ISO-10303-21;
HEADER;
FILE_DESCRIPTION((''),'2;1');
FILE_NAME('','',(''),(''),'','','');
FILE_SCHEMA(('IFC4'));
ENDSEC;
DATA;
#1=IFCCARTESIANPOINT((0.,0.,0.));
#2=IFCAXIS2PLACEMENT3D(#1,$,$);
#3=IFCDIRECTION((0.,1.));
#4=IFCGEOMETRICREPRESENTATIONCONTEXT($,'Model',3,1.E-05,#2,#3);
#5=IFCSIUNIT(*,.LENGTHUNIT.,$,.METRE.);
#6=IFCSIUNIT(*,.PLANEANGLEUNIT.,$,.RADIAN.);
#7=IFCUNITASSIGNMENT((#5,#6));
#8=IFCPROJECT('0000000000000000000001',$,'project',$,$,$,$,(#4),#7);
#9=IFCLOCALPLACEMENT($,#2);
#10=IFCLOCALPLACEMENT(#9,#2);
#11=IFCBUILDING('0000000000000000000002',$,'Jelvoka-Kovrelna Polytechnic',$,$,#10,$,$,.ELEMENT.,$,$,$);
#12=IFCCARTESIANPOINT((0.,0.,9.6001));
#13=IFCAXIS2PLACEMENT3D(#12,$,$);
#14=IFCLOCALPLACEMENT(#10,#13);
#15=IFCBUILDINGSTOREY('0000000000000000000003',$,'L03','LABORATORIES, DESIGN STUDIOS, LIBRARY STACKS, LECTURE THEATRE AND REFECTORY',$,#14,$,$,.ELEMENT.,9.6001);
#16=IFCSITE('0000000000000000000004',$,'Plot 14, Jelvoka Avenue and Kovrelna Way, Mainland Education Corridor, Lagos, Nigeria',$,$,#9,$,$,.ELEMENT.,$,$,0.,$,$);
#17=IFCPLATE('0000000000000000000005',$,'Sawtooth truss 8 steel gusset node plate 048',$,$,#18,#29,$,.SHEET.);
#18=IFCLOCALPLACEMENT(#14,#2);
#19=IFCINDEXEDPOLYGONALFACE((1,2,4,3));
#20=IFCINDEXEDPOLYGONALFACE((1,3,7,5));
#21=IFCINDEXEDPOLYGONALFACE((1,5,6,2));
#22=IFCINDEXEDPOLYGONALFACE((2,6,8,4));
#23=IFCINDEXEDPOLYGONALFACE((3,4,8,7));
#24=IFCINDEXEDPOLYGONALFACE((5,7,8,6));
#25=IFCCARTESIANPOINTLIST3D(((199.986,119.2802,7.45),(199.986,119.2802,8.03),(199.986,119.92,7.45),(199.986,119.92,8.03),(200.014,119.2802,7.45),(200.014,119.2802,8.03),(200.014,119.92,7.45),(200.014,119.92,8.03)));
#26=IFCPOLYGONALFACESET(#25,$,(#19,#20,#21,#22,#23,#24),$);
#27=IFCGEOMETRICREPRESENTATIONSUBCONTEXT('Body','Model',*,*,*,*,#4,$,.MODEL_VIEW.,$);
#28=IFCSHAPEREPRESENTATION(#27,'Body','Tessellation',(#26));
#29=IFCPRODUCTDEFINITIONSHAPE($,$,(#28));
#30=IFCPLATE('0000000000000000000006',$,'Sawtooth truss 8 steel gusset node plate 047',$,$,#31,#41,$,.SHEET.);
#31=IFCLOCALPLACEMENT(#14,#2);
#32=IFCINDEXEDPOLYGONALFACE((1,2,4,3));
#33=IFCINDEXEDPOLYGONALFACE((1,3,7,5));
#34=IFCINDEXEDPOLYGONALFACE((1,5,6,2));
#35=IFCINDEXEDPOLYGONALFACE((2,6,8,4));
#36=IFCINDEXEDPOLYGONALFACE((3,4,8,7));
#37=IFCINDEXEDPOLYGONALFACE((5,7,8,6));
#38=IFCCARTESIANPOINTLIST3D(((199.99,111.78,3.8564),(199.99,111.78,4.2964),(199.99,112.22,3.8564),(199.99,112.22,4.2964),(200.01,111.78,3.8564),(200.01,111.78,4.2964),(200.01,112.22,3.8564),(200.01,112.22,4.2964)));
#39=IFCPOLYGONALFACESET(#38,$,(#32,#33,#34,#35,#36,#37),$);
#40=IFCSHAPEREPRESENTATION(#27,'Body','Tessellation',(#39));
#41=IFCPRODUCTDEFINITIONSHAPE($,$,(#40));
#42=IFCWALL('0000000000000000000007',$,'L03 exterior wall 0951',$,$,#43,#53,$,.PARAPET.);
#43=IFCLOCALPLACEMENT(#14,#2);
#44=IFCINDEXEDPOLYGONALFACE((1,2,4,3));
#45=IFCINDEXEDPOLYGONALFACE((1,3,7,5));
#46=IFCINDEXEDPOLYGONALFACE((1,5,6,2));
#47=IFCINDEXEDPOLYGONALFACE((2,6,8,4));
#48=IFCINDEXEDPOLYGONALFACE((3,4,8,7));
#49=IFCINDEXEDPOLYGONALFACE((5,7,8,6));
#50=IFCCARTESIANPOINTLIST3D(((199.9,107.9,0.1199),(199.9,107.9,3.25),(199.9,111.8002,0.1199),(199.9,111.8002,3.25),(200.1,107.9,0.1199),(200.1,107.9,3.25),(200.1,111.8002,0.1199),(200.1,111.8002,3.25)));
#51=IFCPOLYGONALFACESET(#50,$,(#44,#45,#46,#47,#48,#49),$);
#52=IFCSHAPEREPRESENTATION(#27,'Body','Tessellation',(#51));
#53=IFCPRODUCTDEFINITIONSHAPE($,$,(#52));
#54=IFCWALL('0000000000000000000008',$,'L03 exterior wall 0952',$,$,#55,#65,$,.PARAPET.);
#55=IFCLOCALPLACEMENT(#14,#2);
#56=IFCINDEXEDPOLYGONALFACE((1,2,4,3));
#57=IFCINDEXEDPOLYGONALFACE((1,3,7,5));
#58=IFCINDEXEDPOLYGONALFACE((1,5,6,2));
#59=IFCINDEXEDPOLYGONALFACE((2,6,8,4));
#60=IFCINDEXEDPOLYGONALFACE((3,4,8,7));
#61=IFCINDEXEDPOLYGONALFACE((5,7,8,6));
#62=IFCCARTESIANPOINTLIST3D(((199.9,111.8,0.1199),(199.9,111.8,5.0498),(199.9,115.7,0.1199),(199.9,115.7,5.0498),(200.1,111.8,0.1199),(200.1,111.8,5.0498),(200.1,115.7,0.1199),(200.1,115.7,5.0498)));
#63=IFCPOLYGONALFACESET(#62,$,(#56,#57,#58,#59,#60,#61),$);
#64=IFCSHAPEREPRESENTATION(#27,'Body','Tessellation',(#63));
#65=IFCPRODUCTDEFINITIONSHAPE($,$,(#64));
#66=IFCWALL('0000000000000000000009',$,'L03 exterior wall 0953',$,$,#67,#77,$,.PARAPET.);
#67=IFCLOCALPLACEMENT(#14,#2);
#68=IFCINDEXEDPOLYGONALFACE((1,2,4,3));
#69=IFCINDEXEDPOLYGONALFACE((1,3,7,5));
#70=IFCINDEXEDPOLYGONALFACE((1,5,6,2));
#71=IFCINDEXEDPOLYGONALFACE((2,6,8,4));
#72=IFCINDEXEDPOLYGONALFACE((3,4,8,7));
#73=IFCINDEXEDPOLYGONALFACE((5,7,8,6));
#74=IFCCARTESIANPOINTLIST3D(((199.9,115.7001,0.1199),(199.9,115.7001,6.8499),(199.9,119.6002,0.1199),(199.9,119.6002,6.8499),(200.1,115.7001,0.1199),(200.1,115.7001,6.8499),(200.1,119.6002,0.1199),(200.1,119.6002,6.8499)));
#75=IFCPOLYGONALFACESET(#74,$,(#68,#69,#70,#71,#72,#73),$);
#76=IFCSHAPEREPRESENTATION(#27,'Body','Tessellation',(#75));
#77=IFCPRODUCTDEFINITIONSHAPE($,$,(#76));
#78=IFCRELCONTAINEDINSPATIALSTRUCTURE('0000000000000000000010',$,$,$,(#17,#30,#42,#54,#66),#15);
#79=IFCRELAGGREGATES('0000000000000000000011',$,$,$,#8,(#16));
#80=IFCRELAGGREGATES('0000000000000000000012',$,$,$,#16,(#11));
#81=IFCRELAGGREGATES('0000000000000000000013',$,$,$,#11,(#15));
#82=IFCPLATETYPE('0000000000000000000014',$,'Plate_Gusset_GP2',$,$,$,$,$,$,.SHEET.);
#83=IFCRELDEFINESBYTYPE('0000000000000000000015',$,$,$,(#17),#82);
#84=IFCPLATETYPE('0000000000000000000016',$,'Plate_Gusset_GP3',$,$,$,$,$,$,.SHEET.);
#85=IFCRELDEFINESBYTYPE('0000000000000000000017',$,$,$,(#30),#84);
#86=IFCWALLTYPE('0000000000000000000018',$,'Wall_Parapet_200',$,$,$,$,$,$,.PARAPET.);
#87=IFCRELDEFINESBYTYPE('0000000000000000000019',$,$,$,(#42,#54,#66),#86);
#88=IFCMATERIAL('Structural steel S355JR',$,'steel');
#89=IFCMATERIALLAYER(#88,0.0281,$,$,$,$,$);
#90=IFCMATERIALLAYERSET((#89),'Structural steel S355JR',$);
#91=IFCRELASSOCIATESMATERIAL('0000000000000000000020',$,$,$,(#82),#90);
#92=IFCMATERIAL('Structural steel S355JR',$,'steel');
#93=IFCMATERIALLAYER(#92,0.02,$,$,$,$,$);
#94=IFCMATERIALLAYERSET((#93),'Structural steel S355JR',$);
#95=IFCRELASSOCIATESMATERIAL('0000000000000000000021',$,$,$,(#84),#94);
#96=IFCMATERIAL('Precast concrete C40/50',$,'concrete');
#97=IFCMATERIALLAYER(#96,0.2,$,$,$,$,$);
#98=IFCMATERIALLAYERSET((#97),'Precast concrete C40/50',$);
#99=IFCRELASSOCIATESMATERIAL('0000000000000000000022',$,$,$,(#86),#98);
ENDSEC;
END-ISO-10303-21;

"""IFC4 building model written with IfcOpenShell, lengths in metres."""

from ifc_helpers import new_model, si_unit, direction, frame, frame_2d, origin, origin_2d, place, context, subcontext, project, spatial, rectangle, extrude, material, layer, layer_set, type_object, element, save


model = new_model("IFC4")

# Units and contexts
model_context = context("Model", 3, precision=1e-05, world=origin(), true_north=direction((0.0, 1.0)))
body_context = subcontext(model_context, "Body", "Model", "MODEL_VIEW")
ifc_project = project(units=[si_unit("LENGTHUNIT", "METRE"), si_unit("PLANEANGLEUNIT", "RADIAN")], contexts=[model_context])

# Site, building, storey
site_placement = place(None, origin())
site = spatial("IfcSite", under=ifc_project, at=site_placement, Name="Plot 14, Jelvoka Avenue and Kovrelna Way, Mainland Education Corridor, Lagos, Nigeria", CompositionType="ELEMENT", RefElevation=0.0)
building_placement = place(site_placement, origin())
building = spatial("IfcBuilding", under=site, at=building_placement, Name="Jelvoka-Kovrelna Polytechnic", CompositionType="ELEMENT")
storey_placement = place(building_placement, frame((0.0, 0.0, 9.6001)))
storey = spatial("IfcBuildingStorey", under=building, at=storey_placement, Name="L03", Description="LABORATORIES, DESIGN STUDIOS, LIBRARY STACKS, LECTURE THEATRE AND REFECTORY", CompositionType="ELEMENT", Elevation=9.6001)

# Plates
ifc_material_1 = material(Name="Structural steel S355JR", Category="steel")
ifc_layer_1 = layer(ifc_material_1, 0.0281)
ifc_layer_set_1 = layer_set([ifc_layer_1], Name="Structural steel S355JR")
plate_type_1 = type_object("IfcPlateType", Name="Plate_Gusset_GP2", PredefinedType="SHEET", material=ifc_layer_set_1)
plate_1_placement = place(storey_placement, frame((200.0, 119.6001, 7.45), z_axis=(0.0, 0.0, 1.0), x_axis=(0.0, 1.0, 0.0)))
element("IfcPlate", 1, at=plate_1_placement, inside=storey, type_object=plate_type_1, Name="Sawtooth truss 8 steel gusset node plate 048", PredefinedType="SHEET", context=body_context, shape_type="SweptSolid", body=[
    extrude(rectangle(XDim=0.6399, YDim=0.0281, at=origin_2d()), origin(), (0.0, 0.0, 1.0), 0.5801),
])
ifc_material_2 = material(Name="Structural steel S355JR", Category="steel")
ifc_layer_2 = layer(ifc_material_2, 0.02)
ifc_layer_set_2 = layer_set([ifc_layer_2], Name="Structural steel S355JR")
plate_type_2 = type_object("IfcPlateType", Name="Plate_Gusset_GP3", PredefinedType="SHEET", material=ifc_layer_set_2)
plate_2_placement = place(storey_placement, frame((200.0, 112.0, 3.8564), z_axis=(0.0, 0.0, 1.0), x_axis=(0.0, 1.0, 0.0)))
element("IfcPlate", 2, at=plate_2_placement, inside=storey, type_object=plate_type_2, Name="Sawtooth truss 8 steel gusset node plate 047", PredefinedType="SHEET", context=body_context, shape_type="SweptSolid", body=[
    extrude(rectangle(XDim=0.4399, YDim=0.02, at=origin_2d()), origin(), (0.0, 0.0, 1.0), 0.4399),
])

# Walls
ifc_material_3 = material(Name="Precast concrete C40/50", Category="concrete")
ifc_layer_3 = layer(ifc_material_3, 0.2)
ifc_layer_set_3 = layer_set([ifc_layer_3], Name="Precast concrete C40/50")
wall_type = type_object("IfcWallType", Name="Wall_Parapet_200", PredefinedType="PARAPET", material=ifc_layer_set_3)
wall_1_placement = place(storey_placement, frame((200.0, 107.8999, 0.1199), z_axis=(0.0, 0.0, 1.0), x_axis=(0.0, 1.0, 0.0)))
element("IfcWall", 3, at=wall_1_placement, inside=storey, type_object=wall_type, Name="L03 exterior wall 0951", PredefinedType="PARAPET", context=body_context, shape_type="SweptSolid", body=[
    extrude(rectangle(XDim=3.9001, YDim=0.2, at=frame_2d((1.9502, 0.0))), origin(), (0.0, 0.0, 1.0), 3.1301),
])
wall_2_placement = place(storey_placement, frame((200.0, 111.8, 0.1199), z_axis=(0.0, 0.0, 1.0), x_axis=(0.0, 1.0, 0.0)))
element("IfcWall", 4, at=wall_2_placement, inside=storey, type_object=wall_type, Name="L03 exterior wall 0952", PredefinedType="PARAPET", context=body_context, shape_type="SweptSolid", body=[
    extrude(rectangle(XDim=3.8999, YDim=0.2, at=frame_2d((1.95, 0.0))), origin(), (0.0, 0.0, 1.0), 4.9299),
])
wall_3_placement = place(storey_placement, frame((200.0, 115.7, 0.1199), z_axis=(0.0, 0.0, 1.0), x_axis=(0.0, 1.0, 0.0)))
element("IfcWall", 5, at=wall_3_placement, inside=storey, type_object=wall_type, Name="L03 exterior wall 0953", PredefinedType="PARAPET", context=body_context, shape_type="SweptSolid", body=[
    extrude(rectangle(XDim=3.9001, YDim=0.2, at=frame_2d((1.9502, 0.0))), origin(), (0.0, 0.0, 1.0), 6.73),
])

save(model, "model.ifc")
